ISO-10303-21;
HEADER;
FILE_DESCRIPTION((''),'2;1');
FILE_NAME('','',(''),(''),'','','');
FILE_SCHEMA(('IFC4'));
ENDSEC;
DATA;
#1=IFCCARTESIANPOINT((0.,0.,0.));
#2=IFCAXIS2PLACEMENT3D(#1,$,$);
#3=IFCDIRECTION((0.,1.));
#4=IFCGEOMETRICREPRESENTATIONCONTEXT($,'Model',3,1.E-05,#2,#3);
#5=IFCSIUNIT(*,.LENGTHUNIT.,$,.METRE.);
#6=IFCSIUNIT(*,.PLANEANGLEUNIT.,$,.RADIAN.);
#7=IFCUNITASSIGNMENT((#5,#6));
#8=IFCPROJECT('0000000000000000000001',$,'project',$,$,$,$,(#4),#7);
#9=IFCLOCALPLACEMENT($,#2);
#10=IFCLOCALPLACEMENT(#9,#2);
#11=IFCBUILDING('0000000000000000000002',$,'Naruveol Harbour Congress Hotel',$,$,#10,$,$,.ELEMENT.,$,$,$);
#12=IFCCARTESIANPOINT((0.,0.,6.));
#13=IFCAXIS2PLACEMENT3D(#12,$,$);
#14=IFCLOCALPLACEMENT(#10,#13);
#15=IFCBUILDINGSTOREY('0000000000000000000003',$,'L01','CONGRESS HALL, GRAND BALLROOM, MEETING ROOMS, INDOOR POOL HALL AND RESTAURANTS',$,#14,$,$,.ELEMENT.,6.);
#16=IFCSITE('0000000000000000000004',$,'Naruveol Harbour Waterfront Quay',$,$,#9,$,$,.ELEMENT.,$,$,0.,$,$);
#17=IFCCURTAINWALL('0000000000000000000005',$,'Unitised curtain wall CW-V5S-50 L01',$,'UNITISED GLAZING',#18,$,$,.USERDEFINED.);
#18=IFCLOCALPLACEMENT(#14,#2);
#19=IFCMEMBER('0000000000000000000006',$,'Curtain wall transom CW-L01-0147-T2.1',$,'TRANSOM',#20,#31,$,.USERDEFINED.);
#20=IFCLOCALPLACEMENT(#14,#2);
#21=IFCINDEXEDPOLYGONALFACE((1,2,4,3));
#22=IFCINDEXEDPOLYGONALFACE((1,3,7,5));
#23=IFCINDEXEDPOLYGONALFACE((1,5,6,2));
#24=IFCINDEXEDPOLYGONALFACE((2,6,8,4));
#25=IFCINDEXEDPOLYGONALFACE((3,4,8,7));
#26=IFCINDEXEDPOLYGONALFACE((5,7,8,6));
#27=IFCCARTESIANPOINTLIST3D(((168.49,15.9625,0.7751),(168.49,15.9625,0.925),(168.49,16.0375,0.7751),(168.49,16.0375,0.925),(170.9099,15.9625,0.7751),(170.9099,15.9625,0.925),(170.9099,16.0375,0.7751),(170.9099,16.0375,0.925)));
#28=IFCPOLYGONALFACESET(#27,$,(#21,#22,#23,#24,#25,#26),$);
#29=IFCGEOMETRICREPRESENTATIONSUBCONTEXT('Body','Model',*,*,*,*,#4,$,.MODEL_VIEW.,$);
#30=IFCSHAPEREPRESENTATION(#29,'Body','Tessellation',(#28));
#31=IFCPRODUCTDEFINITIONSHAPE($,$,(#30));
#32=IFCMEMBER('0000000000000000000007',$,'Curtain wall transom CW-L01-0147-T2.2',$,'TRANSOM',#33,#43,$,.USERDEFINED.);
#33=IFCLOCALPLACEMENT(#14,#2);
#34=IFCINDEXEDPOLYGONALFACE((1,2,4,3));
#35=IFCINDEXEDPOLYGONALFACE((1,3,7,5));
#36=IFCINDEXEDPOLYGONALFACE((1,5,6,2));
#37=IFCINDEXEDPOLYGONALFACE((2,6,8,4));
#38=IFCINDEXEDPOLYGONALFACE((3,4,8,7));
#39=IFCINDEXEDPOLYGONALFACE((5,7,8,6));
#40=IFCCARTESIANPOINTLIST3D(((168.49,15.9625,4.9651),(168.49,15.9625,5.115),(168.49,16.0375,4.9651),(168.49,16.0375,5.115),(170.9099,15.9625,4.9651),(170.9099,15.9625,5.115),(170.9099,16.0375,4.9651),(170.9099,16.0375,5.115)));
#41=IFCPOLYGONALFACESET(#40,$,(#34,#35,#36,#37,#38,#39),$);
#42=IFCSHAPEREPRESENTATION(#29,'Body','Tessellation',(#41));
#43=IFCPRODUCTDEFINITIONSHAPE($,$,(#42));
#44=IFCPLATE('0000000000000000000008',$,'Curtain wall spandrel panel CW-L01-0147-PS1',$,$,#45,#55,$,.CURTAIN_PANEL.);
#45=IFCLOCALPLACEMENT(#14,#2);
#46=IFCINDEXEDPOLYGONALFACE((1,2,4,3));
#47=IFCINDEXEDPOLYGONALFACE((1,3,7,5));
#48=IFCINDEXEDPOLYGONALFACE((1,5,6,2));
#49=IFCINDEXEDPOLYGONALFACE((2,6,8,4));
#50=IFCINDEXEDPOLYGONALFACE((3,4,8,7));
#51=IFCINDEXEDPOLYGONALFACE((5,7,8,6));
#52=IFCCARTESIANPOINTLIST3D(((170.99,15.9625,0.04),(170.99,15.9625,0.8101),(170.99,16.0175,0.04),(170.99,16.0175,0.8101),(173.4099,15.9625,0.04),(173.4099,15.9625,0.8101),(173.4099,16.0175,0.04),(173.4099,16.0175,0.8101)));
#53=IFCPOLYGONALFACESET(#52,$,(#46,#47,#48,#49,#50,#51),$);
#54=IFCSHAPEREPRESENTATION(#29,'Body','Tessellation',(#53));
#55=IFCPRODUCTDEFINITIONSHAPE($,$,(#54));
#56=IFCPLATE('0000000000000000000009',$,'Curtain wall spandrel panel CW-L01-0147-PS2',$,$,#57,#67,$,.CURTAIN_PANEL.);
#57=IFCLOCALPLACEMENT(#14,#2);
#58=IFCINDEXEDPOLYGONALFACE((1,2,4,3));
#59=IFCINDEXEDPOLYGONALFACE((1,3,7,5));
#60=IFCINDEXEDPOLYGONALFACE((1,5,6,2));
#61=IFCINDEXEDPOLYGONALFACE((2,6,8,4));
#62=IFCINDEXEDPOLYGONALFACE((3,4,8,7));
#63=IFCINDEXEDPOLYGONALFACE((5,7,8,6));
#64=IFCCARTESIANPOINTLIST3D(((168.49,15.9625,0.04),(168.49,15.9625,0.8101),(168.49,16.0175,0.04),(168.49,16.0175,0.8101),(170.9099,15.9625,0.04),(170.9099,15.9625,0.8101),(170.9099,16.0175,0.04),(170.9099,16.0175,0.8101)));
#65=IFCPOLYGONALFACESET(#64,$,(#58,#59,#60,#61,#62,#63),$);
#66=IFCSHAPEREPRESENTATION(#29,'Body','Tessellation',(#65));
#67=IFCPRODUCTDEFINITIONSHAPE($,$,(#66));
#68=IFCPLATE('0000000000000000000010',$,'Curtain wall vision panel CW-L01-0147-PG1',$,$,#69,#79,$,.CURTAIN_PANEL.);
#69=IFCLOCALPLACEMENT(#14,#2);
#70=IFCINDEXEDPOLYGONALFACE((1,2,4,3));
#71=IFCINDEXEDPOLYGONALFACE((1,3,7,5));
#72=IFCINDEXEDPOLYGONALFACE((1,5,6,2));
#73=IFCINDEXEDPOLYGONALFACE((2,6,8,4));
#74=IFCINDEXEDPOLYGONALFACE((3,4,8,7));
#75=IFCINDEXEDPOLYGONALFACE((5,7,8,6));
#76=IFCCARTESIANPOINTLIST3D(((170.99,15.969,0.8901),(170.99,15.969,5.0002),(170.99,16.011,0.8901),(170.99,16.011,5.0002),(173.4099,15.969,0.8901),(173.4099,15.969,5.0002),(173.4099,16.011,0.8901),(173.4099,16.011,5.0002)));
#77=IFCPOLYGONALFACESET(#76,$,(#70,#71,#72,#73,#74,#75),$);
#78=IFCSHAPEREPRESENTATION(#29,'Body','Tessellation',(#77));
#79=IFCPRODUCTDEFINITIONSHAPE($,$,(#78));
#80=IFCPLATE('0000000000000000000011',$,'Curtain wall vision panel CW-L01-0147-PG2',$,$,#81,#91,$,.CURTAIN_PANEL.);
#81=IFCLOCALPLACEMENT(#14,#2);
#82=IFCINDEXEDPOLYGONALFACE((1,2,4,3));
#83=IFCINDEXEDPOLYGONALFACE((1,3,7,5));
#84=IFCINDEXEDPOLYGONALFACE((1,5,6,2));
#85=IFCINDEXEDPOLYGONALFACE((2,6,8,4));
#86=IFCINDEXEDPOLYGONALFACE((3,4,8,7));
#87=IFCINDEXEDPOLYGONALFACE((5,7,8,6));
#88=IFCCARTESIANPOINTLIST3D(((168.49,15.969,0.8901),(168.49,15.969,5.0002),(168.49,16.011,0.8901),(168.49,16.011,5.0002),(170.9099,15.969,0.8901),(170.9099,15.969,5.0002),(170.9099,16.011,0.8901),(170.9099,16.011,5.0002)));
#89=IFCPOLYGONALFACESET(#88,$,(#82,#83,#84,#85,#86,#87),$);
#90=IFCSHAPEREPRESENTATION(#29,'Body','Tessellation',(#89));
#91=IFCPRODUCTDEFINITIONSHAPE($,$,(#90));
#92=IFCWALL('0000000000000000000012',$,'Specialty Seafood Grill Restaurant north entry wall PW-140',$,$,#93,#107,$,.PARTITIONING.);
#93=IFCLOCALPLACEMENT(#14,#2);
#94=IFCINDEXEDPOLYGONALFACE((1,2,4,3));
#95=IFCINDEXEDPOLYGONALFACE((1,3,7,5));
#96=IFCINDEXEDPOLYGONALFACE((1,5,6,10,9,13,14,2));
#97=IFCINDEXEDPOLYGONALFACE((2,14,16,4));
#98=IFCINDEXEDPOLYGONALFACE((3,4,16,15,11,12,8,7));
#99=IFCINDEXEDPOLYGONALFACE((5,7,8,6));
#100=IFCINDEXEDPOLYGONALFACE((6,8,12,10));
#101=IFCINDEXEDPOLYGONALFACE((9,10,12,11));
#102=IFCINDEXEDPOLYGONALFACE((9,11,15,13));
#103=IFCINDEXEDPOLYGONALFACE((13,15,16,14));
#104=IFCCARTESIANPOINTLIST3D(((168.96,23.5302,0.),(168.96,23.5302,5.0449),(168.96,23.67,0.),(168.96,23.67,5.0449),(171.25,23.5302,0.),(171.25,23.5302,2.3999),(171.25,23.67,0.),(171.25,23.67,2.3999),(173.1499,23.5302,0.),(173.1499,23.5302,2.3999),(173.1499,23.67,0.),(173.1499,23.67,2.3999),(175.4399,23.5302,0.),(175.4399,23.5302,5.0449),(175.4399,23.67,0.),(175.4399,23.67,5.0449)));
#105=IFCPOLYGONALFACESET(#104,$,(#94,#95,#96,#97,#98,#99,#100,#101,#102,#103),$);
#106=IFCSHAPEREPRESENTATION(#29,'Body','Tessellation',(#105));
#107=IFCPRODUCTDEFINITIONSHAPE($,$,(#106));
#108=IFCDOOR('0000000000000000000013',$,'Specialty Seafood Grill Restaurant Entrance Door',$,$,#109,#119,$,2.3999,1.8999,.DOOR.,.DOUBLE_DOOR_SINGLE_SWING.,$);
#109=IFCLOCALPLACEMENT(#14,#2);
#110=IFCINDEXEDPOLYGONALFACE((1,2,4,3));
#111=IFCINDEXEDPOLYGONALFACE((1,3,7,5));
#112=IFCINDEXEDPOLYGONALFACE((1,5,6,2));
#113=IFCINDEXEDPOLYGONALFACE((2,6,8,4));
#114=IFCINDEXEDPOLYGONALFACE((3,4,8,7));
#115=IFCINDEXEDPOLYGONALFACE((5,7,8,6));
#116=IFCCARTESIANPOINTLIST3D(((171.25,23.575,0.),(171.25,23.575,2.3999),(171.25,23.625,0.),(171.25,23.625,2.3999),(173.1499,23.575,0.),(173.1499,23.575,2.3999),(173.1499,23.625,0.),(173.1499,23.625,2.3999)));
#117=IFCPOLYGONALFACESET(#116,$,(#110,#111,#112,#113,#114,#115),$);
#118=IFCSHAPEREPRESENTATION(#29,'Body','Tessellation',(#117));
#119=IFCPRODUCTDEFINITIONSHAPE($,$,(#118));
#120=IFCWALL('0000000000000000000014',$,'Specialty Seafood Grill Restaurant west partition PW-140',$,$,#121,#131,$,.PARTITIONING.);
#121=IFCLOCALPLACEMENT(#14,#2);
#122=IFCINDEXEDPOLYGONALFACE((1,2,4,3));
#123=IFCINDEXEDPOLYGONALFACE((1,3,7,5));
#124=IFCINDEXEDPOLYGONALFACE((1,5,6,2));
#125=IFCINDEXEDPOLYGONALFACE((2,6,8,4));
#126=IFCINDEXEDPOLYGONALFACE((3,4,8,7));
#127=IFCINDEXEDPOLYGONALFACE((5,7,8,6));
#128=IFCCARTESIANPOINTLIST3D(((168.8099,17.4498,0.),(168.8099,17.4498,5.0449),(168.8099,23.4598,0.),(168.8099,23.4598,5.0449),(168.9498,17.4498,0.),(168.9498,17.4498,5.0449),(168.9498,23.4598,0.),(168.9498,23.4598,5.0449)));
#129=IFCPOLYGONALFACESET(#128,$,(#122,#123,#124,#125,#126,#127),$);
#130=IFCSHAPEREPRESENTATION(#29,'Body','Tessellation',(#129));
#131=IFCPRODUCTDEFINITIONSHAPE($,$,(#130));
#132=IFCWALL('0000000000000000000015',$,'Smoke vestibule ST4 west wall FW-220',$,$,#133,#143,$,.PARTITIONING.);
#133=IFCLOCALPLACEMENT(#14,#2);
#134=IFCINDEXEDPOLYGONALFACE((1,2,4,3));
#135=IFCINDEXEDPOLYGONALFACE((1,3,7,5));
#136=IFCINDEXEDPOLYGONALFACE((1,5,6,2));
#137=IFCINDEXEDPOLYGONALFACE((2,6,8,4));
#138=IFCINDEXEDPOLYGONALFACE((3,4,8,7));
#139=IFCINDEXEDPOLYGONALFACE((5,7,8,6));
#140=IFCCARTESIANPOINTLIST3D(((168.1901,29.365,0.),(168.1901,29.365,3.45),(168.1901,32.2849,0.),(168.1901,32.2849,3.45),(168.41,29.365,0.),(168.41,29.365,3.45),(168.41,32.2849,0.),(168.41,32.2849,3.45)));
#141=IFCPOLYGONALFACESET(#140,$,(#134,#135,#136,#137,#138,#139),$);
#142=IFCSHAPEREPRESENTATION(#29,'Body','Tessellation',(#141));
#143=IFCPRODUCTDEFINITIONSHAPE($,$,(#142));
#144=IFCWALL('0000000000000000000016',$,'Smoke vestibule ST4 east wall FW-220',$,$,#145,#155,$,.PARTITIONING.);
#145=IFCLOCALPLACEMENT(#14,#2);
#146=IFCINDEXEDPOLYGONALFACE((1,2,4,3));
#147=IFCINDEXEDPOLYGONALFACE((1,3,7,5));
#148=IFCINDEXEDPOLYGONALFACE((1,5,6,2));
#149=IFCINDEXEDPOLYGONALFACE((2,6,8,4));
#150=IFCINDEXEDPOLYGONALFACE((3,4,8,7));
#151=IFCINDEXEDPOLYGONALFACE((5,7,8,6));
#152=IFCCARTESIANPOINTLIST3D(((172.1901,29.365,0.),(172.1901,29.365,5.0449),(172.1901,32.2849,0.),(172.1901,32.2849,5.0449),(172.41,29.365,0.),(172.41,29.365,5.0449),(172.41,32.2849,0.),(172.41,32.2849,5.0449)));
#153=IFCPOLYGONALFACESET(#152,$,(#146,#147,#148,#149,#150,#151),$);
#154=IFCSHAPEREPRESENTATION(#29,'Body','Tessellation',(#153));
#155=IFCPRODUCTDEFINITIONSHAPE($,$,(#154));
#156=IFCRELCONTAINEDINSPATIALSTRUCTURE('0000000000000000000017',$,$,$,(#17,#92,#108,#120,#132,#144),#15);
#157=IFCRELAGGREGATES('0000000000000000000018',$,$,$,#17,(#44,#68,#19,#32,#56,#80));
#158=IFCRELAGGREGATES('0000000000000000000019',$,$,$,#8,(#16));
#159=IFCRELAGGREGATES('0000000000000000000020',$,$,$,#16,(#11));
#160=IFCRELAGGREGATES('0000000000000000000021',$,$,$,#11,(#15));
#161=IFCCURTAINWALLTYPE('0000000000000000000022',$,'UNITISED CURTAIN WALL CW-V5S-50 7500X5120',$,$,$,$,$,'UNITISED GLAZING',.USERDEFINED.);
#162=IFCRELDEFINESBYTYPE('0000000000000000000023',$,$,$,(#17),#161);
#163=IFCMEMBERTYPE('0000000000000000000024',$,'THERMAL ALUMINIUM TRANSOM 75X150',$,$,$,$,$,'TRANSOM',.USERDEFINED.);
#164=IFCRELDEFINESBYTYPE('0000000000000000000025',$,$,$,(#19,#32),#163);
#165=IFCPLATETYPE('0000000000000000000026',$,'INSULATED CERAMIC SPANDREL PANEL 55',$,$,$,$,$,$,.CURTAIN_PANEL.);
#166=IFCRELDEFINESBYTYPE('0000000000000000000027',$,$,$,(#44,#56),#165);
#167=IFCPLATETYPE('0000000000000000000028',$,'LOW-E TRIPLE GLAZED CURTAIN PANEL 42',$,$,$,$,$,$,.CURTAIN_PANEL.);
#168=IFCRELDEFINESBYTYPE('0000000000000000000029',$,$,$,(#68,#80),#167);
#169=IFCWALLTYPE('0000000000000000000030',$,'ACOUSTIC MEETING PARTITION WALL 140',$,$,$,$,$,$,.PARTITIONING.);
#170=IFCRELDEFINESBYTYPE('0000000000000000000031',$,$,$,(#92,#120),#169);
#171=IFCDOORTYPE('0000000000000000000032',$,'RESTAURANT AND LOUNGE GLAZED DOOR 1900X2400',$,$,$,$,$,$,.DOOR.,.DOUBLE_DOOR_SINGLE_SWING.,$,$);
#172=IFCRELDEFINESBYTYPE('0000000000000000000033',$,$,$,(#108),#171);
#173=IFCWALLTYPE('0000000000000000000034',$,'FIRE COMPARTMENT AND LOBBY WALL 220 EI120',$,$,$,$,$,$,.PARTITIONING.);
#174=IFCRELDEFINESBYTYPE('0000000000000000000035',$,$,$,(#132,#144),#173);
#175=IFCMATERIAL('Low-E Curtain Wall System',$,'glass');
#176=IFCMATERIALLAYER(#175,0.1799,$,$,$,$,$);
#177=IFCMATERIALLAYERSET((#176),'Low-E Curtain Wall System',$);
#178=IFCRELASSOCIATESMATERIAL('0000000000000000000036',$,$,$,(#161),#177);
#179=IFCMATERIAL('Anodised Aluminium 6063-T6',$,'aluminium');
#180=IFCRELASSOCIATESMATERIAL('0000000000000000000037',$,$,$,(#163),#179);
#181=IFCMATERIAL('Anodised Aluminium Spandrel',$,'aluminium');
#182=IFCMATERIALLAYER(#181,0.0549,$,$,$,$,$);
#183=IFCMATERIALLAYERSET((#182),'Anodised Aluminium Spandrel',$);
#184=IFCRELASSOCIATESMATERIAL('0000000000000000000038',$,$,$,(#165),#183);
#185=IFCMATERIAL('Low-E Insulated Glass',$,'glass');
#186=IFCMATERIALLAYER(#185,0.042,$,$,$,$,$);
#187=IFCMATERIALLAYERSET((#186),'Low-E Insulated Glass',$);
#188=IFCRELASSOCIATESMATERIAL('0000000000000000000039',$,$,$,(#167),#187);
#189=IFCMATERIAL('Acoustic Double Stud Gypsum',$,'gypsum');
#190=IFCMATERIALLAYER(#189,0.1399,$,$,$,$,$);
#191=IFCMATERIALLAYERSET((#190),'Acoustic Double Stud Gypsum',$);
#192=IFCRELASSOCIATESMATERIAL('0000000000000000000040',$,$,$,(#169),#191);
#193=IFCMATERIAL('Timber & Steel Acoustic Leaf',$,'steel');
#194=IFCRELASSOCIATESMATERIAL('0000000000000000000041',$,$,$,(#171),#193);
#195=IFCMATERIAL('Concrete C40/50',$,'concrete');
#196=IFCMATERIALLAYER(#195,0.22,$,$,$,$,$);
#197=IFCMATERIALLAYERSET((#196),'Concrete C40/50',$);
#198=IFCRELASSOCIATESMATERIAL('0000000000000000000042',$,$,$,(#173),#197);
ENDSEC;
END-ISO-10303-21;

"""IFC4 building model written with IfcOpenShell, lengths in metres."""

from ifc_helpers import new_model, si_unit, direction, frame, frame_2d, origin, origin_2d, place, context, subcontext, project, spatial, rectangle, extrude, material, layer, layer_set, material_profile, profile_set, type_object, element, fill, aggregate, save


model = new_model("IFC4")

# Units and contexts
model_context = context("Model", 3, precision=1e-05, world=origin(), true_north=direction((0.0, 1.0)))
body_context = subcontext(model_context, "Body", "Model", "MODEL_VIEW")
ifc_project = project(units=[si_unit("LENGTHUNIT", "METRE"), si_unit("PLANEANGLEUNIT", "RADIAN")], contexts=[model_context])

# Site, building, storey
site_placement = place(None, origin())
site = spatial("IfcSite", under=ifc_project, at=site_placement, Name="Naruveol Harbour Waterfront Quay", CompositionType="ELEMENT", RefElevation=0.0)
building_placement = place(site_placement, origin())
building = spatial("IfcBuilding", under=site, at=building_placement, Name="Naruveol Harbour Congress Hotel", CompositionType="ELEMENT")
storey_placement = place(building_placement, frame((0.0, 0.0, 6.0)))
storey = spatial("IfcBuildingStorey", under=building, at=storey_placement, Name="L01", Description="CONGRESS HALL, GRAND BALLROOM, MEETING ROOMS, INDOOR POOL HALL AND RESTAURANTS", CompositionType="ELEMENT", Elevation=6.0)

# Curtain wall, members, plates
ifc_material_1 = material(Name="Low-E Curtain Wall System", Category="glass")
ifc_layer_1 = layer(ifc_material_1, 0.1799)
ifc_layer_set_1 = layer_set([ifc_layer_1], Name="Low-E Curtain Wall System")
curtain_wall_type = type_object("IfcCurtainWallType", Name="UNITISED CURTAIN WALL CW-V5S-50 7500X5120", ElementType="UNITISED GLAZING", PredefinedType="USERDEFINED", material=ifc_layer_set_1)
curtain_wall_placement = place(storey_placement, origin())
curtain_wall = element("IfcCurtainWall", 1, at=curtain_wall_placement, inside=storey, type_object=curtain_wall_type, Name="Unitised curtain wall CW-V5S-50 L01", ObjectType="UNITISED GLAZING", PredefinedType="USERDEFINED")
ifc_material_2 = material(Name="Anodised Aluminium 6063-T6", Category="aluminium")
ifc_material_profile_1 = material_profile(ifc_material_2, rectangle(XDim=0.075, YDim=0.1499, at=origin_2d()), Name="ALU-75x150")
ifc_profile_set_1 = profile_set([ifc_material_profile_1], Name="Anodised Aluminium 6063-T6")
member_type_1 = type_object("IfcMemberType", Name="THERMAL ALUMINIUM TRANSOM 75X150", ElementType="TRANSOM", PredefinedType="USERDEFINED", material=ifc_profile_set_1)
member_1_placement = place(storey_placement, frame((170.9099, 16.0, 0.8501), z_axis=(-1.0, 0.0, 0.0), x_axis=(0.0, -1.0, 0.0)))
member_1 = element("IfcMember", 2, at=member_1_placement, type_object=member_type_1, Name="Curtain wall transom CW-L01-0147-T2.1", ObjectType="TRANSOM", PredefinedType="USERDEFINED", context=body_context, shape_type="SweptSolid", body=[
    extrude(rectangle(XDim=0.075, YDim=0.1499, at=origin_2d()), origin(), (0.0, 0.0, 1.0), 2.4199),
])
member_2_placement = place(storey_placement, frame((170.9099, 16.0, 5.04), z_axis=(-1.0, 0.0, 0.0), x_axis=(0.0, -1.0, 0.0)))
member_2 = element("IfcMember", 3, at=member_2_placement, type_object=member_type_1, Name="Curtain wall transom CW-L01-0147-T2.2", ObjectType="TRANSOM", PredefinedType="USERDEFINED", context=body_context, shape_type="SweptSolid", body=[
    extrude(rectangle(XDim=0.075, YDim=0.1499, at=origin_2d()), origin(), (0.0, 0.0, 1.0), 2.4199),
])
ifc_material_3 = material(Name="Anodised Aluminium Spandrel", Category="aluminium")
ifc_layer_2 = layer(ifc_material_3, 0.0549)
ifc_layer_set_2 = layer_set([ifc_layer_2], Name="Anodised Aluminium Spandrel")
plate_type_1 = type_object("IfcPlateType", Name="INSULATED CERAMIC SPANDREL PANEL 55", PredefinedType="CURTAIN_PANEL", material=ifc_layer_set_2)
plate_1_placement = place(storey_placement, frame((172.2, 15.99, 0.04), z_axis=(0.0, 0.0, 1.0), x_axis=(-1.0, 0.0, 0.0)))
plate_1 = element("IfcPlate", 4, at=plate_1_placement, type_object=plate_type_1, Name="Curtain wall spandrel panel CW-L01-0147-PS1", PredefinedType="CURTAIN_PANEL", context=body_context, shape_type="SweptSolid", body=[
    extrude(rectangle(XDim=2.4199, YDim=0.0549, at=origin_2d()), origin(), (0.0, 0.0, 1.0), 0.77),
])
plate_2_placement = place(storey_placement, frame((169.7, 15.99, 0.04), z_axis=(0.0, 0.0, 1.0), x_axis=(-1.0, 0.0, 0.0)))
plate_2 = element("IfcPlate", 5, at=plate_2_placement, type_object=plate_type_1, Name="Curtain wall spandrel panel CW-L01-0147-PS2", PredefinedType="CURTAIN_PANEL", context=body_context, shape_type="SweptSolid", body=[
    extrude(rectangle(XDim=2.4199, YDim=0.0549, at=origin_2d()), origin(), (0.0, 0.0, 1.0), 0.77),
])
ifc_material_4 = material(Name="Low-E Insulated Glass", Category="glass")
ifc_layer_3 = layer(ifc_material_4, 0.042)
ifc_layer_set_3 = layer_set([ifc_layer_3], Name="Low-E Insulated Glass")
plate_type_2 = type_object("IfcPlateType", Name="LOW-E TRIPLE GLAZED CURTAIN PANEL 42", PredefinedType="CURTAIN_PANEL", material=ifc_layer_set_3)
plate_3_placement = place(storey_placement, frame((172.2, 15.99, 0.8901), z_axis=(0.0, 0.0, 1.0), x_axis=(-1.0, 0.0, 0.0)))
plate_3 = element("IfcPlate", 6, at=plate_3_placement, type_object=plate_type_2, Name="Curtain wall vision panel CW-L01-0147-PG1", PredefinedType="CURTAIN_PANEL", context=body_context, shape_type="SweptSolid", body=[
    extrude(rectangle(XDim=2.4199, YDim=0.042, at=origin_2d()), origin(), (0.0, 0.0, 1.0), 4.1101),
])
plate_4_placement = place(storey_placement, frame((169.7, 15.99, 0.8901), z_axis=(0.0, 0.0, 1.0), x_axis=(-1.0, 0.0, 0.0)))
plate_4 = element("IfcPlate", 7, at=plate_4_placement, type_object=plate_type_2, Name="Curtain wall vision panel CW-L01-0147-PG2", PredefinedType="CURTAIN_PANEL", context=body_context, shape_type="SweptSolid", body=[
    extrude(rectangle(XDim=2.4199, YDim=0.042, at=origin_2d()), origin(), (0.0, 0.0, 1.0), 4.1101),
])
aggregate(curtain_wall, [plate_1, plate_3, member_1, member_2, plate_2, plate_4])

# Wall, opening, door
ifc_material_5 = material(Name="Acoustic Double Stud Gypsum", Category="gypsum")
ifc_layer_4 = layer(ifc_material_5, 0.1399)
ifc_layer_set_4 = layer_set([ifc_layer_4], Name="Acoustic Double Stud Gypsum")
wall_type_1 = type_object("IfcWallType", Name="ACOUSTIC MEETING PARTITION WALL 140", PredefinedType="PARTITIONING", material=ifc_layer_set_4)
wall_1_placement = place(storey_placement, frame((168.96, 23.6001, 0.0), z_axis=(0.0, 0.0, 1.0), x_axis=(1.0, 0.0, 0.0)))
wall_1 = element("IfcWall", 8, at=wall_1_placement, inside=storey, type_object=wall_type_1, Name="Specialty Seafood Grill Restaurant north entry wall PW-140", PredefinedType="PARTITIONING", context=body_context, shape_type="SweptSolid", body=[
    extrude(rectangle(XDim=6.48, YDim=0.1399, at=frame_2d((3.24, 0.0))), origin(), (0.0, 0.0, 1.0), 5.0449),
])
opening_1_placement = place(wall_1_placement, frame((2.29, 0.0, 0.0)))
opening_1 = element("IfcOpeningElement", 9, at=opening_1_placement, cuts=wall_1, PredefinedType="OPENING", context=body_context, shape_type="SweptSolid", body=[
    extrude(rectangle(XDim=1.8999, YDim=2.3999, at=frame_2d((0.95, 1.2))), frame((0.0, 0.0798, 0.0), z_axis=(0.0, -1.0, 0.0), x_axis=(1.0, 0.0, 0.0)), (0.0, 0.0, 1.0), 0.1599),
])
ifc_material_6 = material(Name="Timber & Steel Acoustic Leaf", Category="steel")
door_type_1 = type_object("IfcDoorType", Name="RESTAURANT AND LOUNGE GLAZED DOOR 1900X2400", OperationType="DOUBLE_DOOR_SINGLE_SWING", PredefinedType="DOOR", material=ifc_material_6)
door_1_placement = place(opening_1_placement, origin())
door_1 = element("IfcDoor", 10, at=door_1_placement, inside=storey, type_object=door_type_1, Name="Specialty Seafood Grill Restaurant Entrance Door", OperationType="DOUBLE_DOOR_SINGLE_SWING", OverallHeight=2.3999, OverallWidth=1.8999, PredefinedType="DOOR", context=body_context, shape_type="SweptSolid", body=[
    extrude(rectangle(XDim=1.8999, YDim=2.3999, at=frame_2d((0.95, 1.2))), frame((0.0, 0.0249, 0.0), z_axis=(0.0, -1.0, 0.0), x_axis=(1.0, 0.0, 0.0)), (0.0, 0.0, 1.0), 0.05),
])
fill(opening_1, door_1)

# Walls
wall_2_placement = place(storey_placement, frame((168.8799, 17.45, 0.0), z_axis=(0.0, 0.0, 1.0), x_axis=(0.0, 1.0, 0.0)))
element("IfcWall", 11, at=wall_2_placement, inside=storey, type_object=wall_type_1, Name="Specialty Seafood Grill Restaurant west partition PW-140", PredefinedType="PARTITIONING", context=body_context, shape_type="SweptSolid", body=[
    extrude(rectangle(XDim=6.01, YDim=0.1399, at=frame_2d((3.0049, 0.0))), origin(), (0.0, 0.0, 1.0), 5.0449),
])
ifc_material_7 = material(Name="Concrete C40/50", Category="concrete")
ifc_layer_5 = layer(ifc_material_7, 0.22)
ifc_layer_set_5 = layer_set([ifc_layer_5], Name="Concrete C40/50")
wall_type_2 = type_object("IfcWallType", Name="FIRE COMPARTMENT AND LOBBY WALL 220 EI120", PredefinedType="PARTITIONING", material=ifc_layer_set_5)
wall_3_placement = place(storey_placement, frame((168.3, 29.365, 0.0), z_axis=(0.0, 0.0, 1.0), x_axis=(0.0, 1.0, 0.0)))
element("IfcWall", 12, at=wall_3_placement, inside=storey, type_object=wall_type_2, Name="Smoke vestibule ST4 west wall FW-220", PredefinedType="PARTITIONING", context=body_context, shape_type="SweptSolid", body=[
    extrude(rectangle(XDim=2.9199, YDim=0.22, at=frame_2d((1.46, 0.0))), origin(), (0.0, 0.0, 1.0), 3.45),
])
wall_4_placement = place(storey_placement, frame((172.3, 29.365, 0.0), z_axis=(0.0, 0.0, 1.0), x_axis=(0.0, 1.0, 0.0)))
element("IfcWall", 13, at=wall_4_placement, inside=storey, type_object=wall_type_2, Name="Smoke vestibule ST4 east wall FW-220", PredefinedType="PARTITIONING", context=body_context, shape_type="SweptSolid", body=[
    extrude(rectangle(XDim=2.9199, YDim=0.22, at=frame_2d((1.46, 0.0))), origin(), (0.0, 0.0, 1.0), 5.0449),
])

save(model, "model.ifc")
